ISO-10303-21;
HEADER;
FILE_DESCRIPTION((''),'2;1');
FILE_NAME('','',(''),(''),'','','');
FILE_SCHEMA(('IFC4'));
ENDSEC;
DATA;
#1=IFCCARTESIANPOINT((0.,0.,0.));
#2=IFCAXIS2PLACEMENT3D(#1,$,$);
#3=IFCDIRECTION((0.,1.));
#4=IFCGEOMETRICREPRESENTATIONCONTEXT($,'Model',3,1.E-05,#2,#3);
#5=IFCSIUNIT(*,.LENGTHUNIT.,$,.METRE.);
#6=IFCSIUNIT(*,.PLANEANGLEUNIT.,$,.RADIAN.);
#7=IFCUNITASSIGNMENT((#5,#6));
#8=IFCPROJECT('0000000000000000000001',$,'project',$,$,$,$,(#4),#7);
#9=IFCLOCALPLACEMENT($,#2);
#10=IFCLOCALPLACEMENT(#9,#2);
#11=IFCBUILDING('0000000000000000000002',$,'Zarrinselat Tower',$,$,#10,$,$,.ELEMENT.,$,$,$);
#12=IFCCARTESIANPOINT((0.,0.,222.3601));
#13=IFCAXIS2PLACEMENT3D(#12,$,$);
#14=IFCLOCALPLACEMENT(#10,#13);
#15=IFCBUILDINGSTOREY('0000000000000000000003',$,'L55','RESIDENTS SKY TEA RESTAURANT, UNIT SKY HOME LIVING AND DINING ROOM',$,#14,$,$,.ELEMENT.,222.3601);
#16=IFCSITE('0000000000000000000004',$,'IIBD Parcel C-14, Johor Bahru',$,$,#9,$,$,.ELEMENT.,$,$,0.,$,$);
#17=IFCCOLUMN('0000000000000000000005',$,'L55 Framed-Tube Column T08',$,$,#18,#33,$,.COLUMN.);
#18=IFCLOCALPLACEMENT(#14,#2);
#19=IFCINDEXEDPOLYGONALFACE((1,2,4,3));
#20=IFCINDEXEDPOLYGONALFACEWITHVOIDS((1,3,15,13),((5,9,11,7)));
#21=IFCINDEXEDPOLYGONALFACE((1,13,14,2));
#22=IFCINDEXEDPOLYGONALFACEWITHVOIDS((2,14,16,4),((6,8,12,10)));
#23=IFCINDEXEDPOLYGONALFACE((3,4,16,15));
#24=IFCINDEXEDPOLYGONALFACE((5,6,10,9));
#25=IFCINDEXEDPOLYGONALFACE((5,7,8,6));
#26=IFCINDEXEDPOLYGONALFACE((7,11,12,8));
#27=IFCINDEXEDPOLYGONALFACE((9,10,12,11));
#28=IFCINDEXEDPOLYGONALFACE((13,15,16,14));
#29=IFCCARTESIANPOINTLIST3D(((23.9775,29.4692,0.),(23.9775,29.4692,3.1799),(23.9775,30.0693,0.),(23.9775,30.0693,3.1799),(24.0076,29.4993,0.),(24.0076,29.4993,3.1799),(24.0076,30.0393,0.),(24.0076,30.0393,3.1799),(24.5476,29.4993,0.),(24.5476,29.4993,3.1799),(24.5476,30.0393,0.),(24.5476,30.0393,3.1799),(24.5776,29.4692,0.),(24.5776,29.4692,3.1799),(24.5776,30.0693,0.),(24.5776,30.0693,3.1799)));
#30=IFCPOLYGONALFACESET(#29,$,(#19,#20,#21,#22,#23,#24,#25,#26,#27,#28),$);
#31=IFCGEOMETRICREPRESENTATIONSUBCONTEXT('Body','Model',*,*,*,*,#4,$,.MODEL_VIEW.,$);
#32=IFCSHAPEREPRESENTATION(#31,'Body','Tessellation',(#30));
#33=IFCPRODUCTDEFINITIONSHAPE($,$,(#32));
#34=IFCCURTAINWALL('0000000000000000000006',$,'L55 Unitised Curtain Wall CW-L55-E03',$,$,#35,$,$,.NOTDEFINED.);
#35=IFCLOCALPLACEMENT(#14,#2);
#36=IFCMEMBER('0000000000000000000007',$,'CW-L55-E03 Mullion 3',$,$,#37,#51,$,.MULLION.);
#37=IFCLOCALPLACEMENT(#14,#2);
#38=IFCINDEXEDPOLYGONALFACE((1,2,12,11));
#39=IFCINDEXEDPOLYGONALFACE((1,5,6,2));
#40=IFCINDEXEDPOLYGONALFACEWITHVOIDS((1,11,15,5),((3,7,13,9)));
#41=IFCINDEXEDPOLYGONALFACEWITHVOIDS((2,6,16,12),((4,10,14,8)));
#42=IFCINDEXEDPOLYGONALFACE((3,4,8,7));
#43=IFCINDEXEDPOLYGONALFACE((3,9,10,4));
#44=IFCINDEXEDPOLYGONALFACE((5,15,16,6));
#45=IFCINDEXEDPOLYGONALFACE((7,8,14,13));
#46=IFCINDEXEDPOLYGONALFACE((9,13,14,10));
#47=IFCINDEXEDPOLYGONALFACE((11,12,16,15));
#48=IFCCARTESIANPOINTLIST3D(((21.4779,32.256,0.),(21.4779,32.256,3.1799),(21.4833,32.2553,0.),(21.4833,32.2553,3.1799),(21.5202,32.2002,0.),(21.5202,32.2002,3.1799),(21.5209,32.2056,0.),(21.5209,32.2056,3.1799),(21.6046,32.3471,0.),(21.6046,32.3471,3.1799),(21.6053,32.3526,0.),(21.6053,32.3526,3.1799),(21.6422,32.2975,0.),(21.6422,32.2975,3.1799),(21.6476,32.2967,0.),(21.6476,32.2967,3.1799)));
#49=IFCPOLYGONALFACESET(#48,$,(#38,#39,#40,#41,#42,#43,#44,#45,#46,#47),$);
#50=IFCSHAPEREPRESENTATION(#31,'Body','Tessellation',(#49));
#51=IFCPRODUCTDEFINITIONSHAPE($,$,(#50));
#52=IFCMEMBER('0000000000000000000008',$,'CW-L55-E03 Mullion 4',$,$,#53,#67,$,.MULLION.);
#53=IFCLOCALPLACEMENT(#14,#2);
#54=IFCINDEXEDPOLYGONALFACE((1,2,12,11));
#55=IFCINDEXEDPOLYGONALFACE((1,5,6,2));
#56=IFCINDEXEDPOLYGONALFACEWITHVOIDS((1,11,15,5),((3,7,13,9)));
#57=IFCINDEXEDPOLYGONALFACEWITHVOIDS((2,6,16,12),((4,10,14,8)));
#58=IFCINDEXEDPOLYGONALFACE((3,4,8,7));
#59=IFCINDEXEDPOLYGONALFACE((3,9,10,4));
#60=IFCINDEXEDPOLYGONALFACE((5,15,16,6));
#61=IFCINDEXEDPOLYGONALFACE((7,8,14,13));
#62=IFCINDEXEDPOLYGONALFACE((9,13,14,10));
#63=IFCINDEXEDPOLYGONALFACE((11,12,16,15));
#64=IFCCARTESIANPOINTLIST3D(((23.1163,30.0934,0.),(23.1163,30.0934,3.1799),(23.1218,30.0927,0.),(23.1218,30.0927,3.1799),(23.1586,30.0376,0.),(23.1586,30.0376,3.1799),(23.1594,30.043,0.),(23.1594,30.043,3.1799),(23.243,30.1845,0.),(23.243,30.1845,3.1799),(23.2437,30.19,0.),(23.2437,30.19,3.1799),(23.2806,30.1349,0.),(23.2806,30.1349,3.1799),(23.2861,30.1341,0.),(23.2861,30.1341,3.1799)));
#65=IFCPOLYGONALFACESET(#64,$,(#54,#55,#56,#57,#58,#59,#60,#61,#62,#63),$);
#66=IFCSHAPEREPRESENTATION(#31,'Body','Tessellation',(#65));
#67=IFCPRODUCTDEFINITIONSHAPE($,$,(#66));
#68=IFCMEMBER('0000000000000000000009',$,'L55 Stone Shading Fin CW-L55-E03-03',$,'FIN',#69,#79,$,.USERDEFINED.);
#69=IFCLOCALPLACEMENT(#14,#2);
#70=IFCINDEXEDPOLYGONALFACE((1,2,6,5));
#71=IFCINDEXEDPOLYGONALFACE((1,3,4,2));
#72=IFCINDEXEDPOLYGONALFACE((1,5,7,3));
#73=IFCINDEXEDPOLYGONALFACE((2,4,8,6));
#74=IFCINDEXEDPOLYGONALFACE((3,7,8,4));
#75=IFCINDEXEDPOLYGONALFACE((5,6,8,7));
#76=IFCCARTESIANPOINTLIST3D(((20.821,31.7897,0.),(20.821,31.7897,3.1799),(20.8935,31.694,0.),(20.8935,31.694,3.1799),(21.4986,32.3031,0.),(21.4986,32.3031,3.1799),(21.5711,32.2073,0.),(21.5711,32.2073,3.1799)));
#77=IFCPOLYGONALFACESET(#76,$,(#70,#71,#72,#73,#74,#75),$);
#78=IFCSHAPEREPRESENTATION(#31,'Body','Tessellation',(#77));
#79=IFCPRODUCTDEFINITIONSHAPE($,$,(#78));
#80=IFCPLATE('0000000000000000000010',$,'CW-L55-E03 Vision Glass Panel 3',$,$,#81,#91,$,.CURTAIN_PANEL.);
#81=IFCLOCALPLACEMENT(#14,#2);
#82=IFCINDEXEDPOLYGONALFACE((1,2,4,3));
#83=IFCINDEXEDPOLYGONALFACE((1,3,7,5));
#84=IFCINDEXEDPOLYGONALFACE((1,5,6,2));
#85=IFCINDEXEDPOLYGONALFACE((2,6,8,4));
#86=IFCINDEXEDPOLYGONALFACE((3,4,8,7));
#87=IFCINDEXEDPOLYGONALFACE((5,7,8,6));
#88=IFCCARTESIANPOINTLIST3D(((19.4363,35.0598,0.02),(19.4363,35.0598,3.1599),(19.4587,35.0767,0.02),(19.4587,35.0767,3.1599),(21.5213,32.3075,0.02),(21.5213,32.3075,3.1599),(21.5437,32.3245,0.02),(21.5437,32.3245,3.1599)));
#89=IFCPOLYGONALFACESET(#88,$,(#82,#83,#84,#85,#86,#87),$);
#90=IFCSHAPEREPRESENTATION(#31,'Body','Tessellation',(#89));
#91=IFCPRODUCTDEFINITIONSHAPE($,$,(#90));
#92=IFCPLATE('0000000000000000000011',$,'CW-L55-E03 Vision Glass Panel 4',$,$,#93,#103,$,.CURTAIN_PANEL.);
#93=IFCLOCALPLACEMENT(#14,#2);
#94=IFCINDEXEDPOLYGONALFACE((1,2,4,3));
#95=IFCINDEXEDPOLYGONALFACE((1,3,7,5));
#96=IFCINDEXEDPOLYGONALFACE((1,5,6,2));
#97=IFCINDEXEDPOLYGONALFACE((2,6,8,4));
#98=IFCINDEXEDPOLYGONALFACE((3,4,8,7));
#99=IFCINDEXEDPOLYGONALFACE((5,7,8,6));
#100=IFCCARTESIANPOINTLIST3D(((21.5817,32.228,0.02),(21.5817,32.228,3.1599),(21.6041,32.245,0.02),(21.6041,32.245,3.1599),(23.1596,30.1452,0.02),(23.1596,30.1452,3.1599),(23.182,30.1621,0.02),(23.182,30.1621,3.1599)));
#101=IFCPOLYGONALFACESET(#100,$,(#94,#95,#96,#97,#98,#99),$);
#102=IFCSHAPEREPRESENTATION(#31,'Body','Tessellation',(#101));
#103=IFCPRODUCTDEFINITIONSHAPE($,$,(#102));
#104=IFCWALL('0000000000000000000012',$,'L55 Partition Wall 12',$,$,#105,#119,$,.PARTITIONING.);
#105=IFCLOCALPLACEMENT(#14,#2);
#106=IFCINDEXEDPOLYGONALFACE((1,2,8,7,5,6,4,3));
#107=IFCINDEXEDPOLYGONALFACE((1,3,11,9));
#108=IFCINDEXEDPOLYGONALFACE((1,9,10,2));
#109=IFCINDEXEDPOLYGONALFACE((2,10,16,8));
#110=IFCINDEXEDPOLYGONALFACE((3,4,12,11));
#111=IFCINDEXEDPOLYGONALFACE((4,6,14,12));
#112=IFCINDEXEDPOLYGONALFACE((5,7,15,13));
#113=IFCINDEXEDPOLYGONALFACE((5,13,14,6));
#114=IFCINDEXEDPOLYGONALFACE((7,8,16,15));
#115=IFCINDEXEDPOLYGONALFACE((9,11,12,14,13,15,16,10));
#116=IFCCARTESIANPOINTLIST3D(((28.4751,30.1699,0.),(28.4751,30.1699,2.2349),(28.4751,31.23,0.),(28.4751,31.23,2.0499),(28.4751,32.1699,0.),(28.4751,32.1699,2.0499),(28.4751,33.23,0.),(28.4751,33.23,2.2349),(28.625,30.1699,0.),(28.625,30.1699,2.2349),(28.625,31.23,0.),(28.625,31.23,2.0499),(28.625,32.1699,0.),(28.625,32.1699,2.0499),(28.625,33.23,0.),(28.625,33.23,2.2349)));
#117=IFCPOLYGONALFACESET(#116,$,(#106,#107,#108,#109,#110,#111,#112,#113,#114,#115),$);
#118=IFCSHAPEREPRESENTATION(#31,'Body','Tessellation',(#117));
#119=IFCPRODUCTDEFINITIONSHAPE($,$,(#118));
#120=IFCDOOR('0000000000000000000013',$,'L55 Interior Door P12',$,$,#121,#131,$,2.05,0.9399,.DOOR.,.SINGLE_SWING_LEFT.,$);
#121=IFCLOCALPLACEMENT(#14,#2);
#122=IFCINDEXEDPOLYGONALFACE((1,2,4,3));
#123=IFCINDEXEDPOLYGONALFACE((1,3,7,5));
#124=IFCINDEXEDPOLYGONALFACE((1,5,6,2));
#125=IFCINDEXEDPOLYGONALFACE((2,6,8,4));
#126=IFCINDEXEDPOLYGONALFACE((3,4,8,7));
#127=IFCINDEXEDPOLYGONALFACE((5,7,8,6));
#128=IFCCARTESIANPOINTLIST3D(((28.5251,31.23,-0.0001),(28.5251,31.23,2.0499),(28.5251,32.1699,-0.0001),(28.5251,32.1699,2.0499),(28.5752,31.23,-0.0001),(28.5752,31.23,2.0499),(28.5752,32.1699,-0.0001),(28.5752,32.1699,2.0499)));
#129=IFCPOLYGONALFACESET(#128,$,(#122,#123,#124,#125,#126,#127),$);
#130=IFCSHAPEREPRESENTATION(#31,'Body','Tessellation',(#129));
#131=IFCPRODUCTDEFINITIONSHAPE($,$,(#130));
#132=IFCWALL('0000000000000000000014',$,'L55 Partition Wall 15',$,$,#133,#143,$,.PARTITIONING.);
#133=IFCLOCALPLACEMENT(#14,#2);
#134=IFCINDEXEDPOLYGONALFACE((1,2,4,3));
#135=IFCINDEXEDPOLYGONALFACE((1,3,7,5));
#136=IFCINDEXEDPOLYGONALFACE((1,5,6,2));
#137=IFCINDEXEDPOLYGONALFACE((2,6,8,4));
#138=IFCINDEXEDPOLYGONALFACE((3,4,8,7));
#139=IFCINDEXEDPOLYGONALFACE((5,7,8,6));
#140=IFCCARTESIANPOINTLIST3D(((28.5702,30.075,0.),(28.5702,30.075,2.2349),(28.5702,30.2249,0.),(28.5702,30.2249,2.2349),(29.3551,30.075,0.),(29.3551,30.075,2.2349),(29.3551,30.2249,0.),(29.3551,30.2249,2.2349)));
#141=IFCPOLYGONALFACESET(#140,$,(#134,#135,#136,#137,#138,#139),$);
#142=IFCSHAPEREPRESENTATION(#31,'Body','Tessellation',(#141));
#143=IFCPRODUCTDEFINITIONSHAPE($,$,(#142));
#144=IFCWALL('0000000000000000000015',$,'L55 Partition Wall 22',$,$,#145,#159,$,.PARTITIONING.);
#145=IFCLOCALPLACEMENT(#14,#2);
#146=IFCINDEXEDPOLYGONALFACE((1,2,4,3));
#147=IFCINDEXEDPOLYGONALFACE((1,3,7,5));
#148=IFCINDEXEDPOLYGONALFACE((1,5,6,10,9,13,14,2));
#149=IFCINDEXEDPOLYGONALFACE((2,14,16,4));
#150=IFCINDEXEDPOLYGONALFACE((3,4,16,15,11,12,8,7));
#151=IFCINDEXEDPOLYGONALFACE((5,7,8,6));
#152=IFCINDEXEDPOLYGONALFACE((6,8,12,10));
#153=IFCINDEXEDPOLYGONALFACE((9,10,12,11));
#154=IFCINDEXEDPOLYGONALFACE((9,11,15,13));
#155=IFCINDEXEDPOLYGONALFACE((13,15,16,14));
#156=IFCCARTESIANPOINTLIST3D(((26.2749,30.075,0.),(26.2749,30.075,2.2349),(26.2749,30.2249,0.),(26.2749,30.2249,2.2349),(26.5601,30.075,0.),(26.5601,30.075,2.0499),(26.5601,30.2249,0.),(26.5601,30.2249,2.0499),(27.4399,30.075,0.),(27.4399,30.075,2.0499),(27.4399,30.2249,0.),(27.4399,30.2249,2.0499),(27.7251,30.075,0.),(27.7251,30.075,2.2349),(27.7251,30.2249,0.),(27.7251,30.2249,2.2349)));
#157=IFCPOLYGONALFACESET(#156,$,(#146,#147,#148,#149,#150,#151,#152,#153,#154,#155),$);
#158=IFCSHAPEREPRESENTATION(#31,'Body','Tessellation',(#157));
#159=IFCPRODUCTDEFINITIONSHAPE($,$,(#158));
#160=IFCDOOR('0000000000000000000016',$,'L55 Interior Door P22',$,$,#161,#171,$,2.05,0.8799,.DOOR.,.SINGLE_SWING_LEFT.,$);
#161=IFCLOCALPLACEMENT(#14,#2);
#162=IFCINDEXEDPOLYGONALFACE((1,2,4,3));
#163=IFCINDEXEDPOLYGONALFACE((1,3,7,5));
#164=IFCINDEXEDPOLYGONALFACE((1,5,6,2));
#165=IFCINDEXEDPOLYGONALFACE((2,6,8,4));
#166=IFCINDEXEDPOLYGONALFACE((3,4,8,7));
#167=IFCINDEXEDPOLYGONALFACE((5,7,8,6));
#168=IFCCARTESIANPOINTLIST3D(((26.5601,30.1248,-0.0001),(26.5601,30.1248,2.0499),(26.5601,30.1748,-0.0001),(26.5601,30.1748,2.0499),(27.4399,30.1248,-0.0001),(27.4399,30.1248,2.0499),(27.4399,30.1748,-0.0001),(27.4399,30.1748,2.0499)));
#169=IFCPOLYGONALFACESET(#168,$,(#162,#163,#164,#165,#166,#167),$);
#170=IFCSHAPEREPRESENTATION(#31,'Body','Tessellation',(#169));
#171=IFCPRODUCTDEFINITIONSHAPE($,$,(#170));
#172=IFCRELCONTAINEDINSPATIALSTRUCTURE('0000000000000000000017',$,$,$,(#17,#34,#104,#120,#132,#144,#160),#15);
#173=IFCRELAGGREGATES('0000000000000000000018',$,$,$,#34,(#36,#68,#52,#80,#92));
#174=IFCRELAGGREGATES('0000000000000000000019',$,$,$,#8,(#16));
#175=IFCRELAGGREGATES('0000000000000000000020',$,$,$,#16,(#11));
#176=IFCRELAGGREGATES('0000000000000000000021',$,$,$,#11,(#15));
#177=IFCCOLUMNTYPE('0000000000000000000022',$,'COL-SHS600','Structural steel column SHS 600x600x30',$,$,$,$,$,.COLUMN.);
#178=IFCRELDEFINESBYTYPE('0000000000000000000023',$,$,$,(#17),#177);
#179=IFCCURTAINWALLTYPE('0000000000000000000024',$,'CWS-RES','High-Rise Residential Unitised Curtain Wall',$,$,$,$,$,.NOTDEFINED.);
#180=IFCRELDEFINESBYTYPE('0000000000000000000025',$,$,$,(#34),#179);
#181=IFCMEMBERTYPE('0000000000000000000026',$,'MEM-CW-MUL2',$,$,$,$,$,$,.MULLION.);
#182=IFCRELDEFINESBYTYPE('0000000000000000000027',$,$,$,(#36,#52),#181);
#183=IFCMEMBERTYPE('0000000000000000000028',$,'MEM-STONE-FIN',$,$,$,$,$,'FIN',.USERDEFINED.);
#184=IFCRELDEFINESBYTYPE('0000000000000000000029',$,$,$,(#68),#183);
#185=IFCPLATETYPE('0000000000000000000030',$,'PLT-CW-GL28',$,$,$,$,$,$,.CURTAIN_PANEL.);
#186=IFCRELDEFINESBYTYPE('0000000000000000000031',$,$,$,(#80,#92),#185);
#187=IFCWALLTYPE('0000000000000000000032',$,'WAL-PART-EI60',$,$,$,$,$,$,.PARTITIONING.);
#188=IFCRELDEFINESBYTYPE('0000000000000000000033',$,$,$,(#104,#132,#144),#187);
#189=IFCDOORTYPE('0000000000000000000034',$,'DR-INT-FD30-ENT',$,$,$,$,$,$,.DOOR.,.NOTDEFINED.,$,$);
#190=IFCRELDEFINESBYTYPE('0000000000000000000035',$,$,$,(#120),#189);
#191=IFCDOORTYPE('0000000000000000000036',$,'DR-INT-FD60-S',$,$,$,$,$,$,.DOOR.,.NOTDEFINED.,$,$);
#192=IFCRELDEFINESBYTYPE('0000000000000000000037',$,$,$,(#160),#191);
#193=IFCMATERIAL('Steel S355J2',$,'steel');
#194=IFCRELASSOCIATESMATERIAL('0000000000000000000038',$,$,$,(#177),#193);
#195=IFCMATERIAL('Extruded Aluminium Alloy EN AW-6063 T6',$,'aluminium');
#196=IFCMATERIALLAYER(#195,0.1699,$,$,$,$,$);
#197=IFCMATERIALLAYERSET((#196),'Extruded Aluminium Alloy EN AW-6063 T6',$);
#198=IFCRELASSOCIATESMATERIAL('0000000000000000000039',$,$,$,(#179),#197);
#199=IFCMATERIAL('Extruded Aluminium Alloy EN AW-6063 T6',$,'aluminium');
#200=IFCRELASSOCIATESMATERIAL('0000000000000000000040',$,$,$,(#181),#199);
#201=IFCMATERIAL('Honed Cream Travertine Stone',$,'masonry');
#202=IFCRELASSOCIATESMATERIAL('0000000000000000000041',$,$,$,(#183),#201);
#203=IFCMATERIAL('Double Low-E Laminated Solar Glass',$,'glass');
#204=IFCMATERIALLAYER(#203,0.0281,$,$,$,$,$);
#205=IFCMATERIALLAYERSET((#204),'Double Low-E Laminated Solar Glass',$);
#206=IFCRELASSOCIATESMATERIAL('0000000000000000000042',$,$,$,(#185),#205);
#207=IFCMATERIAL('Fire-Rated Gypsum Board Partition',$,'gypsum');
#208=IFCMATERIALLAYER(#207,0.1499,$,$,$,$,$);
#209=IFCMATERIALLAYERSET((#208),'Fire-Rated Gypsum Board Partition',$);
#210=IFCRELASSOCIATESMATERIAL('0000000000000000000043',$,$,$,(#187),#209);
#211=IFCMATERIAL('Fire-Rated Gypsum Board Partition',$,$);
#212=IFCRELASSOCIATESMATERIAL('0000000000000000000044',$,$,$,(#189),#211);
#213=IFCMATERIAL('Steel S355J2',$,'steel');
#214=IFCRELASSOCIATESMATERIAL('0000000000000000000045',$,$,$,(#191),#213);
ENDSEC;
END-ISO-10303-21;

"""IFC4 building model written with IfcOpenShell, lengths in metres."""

from ifc_helpers import new_model, si_unit, direction, frame, frame_2d, origin, origin_2d, place, context, subcontext, project, spatial, rectangle, hollow_rectangle, extrude, material, layer, layer_set, material_profile, profile_set, type_object, element, fill, aggregate, save


model = new_model("IFC4")

# Units and contexts
model_context = context("Model", 3, precision=1e-05, world=origin(), true_north=direction((0.0, 1.0)))
body_context = subcontext(model_context, "Body", "Model", "MODEL_VIEW")
ifc_project = project(units=[si_unit("LENGTHUNIT", "METRE"), si_unit("PLANEANGLEUNIT", "RADIAN")], contexts=[model_context])

# Site, building, storey
site_placement = place(None, origin())
site = spatial("IfcSite", under=ifc_project, at=site_placement, Name="IIBD Parcel C-14, Johor Bahru", CompositionType="ELEMENT", RefElevation=0.0)
building_placement = place(site_placement, origin())
building = spatial("IfcBuilding", under=site, at=building_placement, Name="Zarrinselat Tower", CompositionType="ELEMENT")
storey_placement = place(building_placement, frame((0.0, 0.0, 222.3601)))
storey = spatial("IfcBuildingStorey", under=building, at=storey_placement, Name="L55", Description="RESIDENTS SKY TEA RESTAURANT, UNIT SKY HOME LIVING AND DINING ROOM", CompositionType="ELEMENT", Elevation=222.3601)

# Column
ifc_material_1 = material(Name="Steel S355J2", Category="steel")
ifc_material_profile_1 = material_profile(ifc_material_1, hollow_rectangle(XDim=0.6001, YDim=0.6001, WallThickness=0.03, at=origin_2d()), Name="SHS 600x600x30")
ifc_profile_set_1 = profile_set([ifc_material_profile_1], Name="Steel S355J2")
column_type = type_object("IfcColumnType", Name="COL-SHS600", Description="Structural steel column SHS 600x600x30", PredefinedType="COLUMN", material=ifc_profile_set_1)
column_placement = place(storey_placement, frame((24.2776, 29.7693, 0.0), z_axis=(0.0, 0.0, 1.0), x_axis=(1.0, 0.0, 0.0)))
element("IfcColumn", 1, at=column_placement, inside=storey, type_object=column_type, Name="L55 Framed-Tube Column T08", PredefinedType="COLUMN", context=body_context, shape_type="SweptSolid", body=[
    extrude(hollow_rectangle(XDim=0.6001, YDim=0.6001, WallThickness=0.03, at=origin_2d()), origin(), (0.0, 0.0, 1.0), 3.1799),
])

# Curtain wall, members, plates
ifc_material_2 = material(Name="Extruded Aluminium Alloy EN AW-6063 T6", Category="aluminium")
ifc_layer_1 = layer(ifc_material_2, 0.1699)
ifc_layer_set_1 = layer_set([ifc_layer_1], Name="Extruded Aluminium Alloy EN AW-6063 T6")
curtain_wall_type = type_object("IfcCurtainWallType", Name="CWS-RES", Description="High-Rise Residential Unitised Curtain Wall", PredefinedType="NOTDEFINED", material=ifc_layer_set_1)
curtain_wall_placement = place(storey_placement, origin())
curtain_wall = element("IfcCurtainWall", 2, at=curtain_wall_placement, inside=storey, type_object=curtain_wall_type, Name="L55 Unitised Curtain Wall CW-L55-E03", PredefinedType="NOTDEFINED")
ifc_material_3 = material(Name="Extruded Aluminium Alloy EN AW-6063 T6", Category="aluminium")
ifc_material_profile_2 = material_profile(ifc_material_3, hollow_rectangle(XDim=0.0701, YDim=0.1599, WallThickness=0.0039, at=origin_2d()), Name="RHS 160x70x4")
ifc_profile_set_2 = profile_set([ifc_material_profile_2], Name="Extruded Aluminium Alloy EN AW-6063 T6")
member_type_1 = type_object("IfcMemberType", Name="MEM-CW-MUL2", PredefinedType="MULLION", material=ifc_profile_set_2)
member_1_placement = place(storey_placement, frame((21.5627, 32.2764, 0.0), z_axis=(0.0, 0.0, 1.0), x_axis=(0.60386, -0.797091, 0.0)))
member_1 = element("IfcMember", 3, at=member_1_placement, type_object=member_type_1, Name="CW-L55-E03 Mullion 3", PredefinedType="MULLION", context=body_context, shape_type="SweptSolid", body=[
    extrude(hollow_rectangle(XDim=0.0701, YDim=0.1599, WallThickness=0.0039, at=origin_2d()), origin(), (0.0, 0.0, 1.0), 3.1799),
])
member_2_placement = place(storey_placement, frame((23.2012, 30.1138, 0.0), z_axis=(0.0, 0.0, 1.0), x_axis=(0.60386, -0.797091, 0.0)))
member_2 = element("IfcMember", 4, at=member_2_placement, type_object=member_type_1, Name="CW-L55-E03 Mullion 4", PredefinedType="MULLION", context=body_context, shape_type="SweptSolid", body=[
    extrude(hollow_rectangle(XDim=0.0701, YDim=0.1599, WallThickness=0.0039, at=origin_2d()), origin(), (0.0, 0.0, 1.0), 3.1799),
])
ifc_material_4 = material(Name="Honed Cream Travertine Stone", Category="masonry")
ifc_material_profile_3 = material_profile(ifc_material_4, rectangle(XDim=0.1201, YDim=0.8501, at=origin_2d()), Name="FIN 850x120")
ifc_profile_set_3 = profile_set([ifc_material_profile_3], Name="Honed Cream Travertine Stone")
member_type_2 = type_object("IfcMemberType", Name="MEM-STONE-FIN", ElementType="FIN", PredefinedType="USERDEFINED", material=ifc_profile_set_3)
member_3_placement = place(storey_placement, frame((21.196, 31.9985, 0.0), z_axis=(0.0, 0.0, 1.0), x_axis=(-0.60386, 0.797091, 0.0)))
member_3 = element("IfcMember", 5, at=member_3_placement, type_object=member_type_2, Name="L55 Stone Shading Fin CW-L55-E03-03", ObjectType="FIN", PredefinedType="USERDEFINED", context=body_context, shape_type="SweptSolid", body=[
    extrude(rectangle(XDim=0.1201, YDim=0.8501, at=origin_2d()), origin(), (0.0, 0.0, 1.0), 3.1799),
])
ifc_material_5 = material(Name="Double Low-E Laminated Solar Glass", Category="glass")
ifc_layer_2 = layer(ifc_material_5, 0.0281)
ifc_layer_set_2 = layer_set([ifc_layer_2], Name="Double Low-E Laminated Solar Glass")
plate_type = type_object("IfcPlateType", Name="PLT-CW-GL28", PredefinedType="CURTAIN_PANEL", material=ifc_layer_set_2)
plate_1_placement = place(storey_placement, frame((20.49, 33.6921, 0.02), z_axis=(0.0, 0.0, 1.0), x_axis=(0.60386, -0.797091, 0.0)))
plate_1 = element("IfcPlate", 6, at=plate_1_placement, type_object=plate_type, Name="CW-L55-E03 Vision Glass Panel 3", PredefinedType="CURTAIN_PANEL", context=body_context, shape_type="SweptSolid", body=[
    extrude(rectangle(XDim=3.4529, YDim=0.0281, at=origin_2d()), origin(), (0.0, 0.0, 1.0), 3.1399),
])
plate_2_placement = place(storey_placement, frame((22.3818, 31.1951, 0.02), z_axis=(0.0, 0.0, 1.0), x_axis=(0.60386, -0.797091, 0.0)))
plate_2 = element("IfcPlate", 7, at=plate_2_placement, type_object=plate_type, Name="CW-L55-E03 Vision Glass Panel 4", PredefinedType="CURTAIN_PANEL", context=body_context, shape_type="SweptSolid", body=[
    extrude(rectangle(XDim=2.613, YDim=0.0281, at=origin_2d()), origin(), (0.0, 0.0, 1.0), 3.1399),
])
aggregate(curtain_wall, [member_1, member_3, member_2, plate_1, plate_2])

# Wall, opening, door
ifc_material_6 = material(Name="Fire-Rated Gypsum Board Partition", Category="gypsum")
ifc_layer_3 = layer(ifc_material_6, 0.1499)
ifc_layer_set_3 = layer_set([ifc_layer_3], Name="Fire-Rated Gypsum Board Partition")
wall_type_1 = type_object("IfcWallType", Name="WAL-PART-EI60", PredefinedType="PARTITIONING", material=ifc_layer_set_3)
wall_1_placement = place(storey_placement, frame((28.55, 30.1699, 0.0), z_axis=(0.0, 0.0, 1.0), x_axis=(0.0, 1.0, 0.0)))
wall_1 = element("IfcWall", 8, at=wall_1_placement, inside=storey, type_object=wall_type_1, Name="L55 Partition Wall 12", PredefinedType="PARTITIONING", context=body_context, shape_type="SweptSolid", body=[
    extrude(rectangle(XDim=3.0601, YDim=0.1499, at=frame_2d((1.53, 0.0))), origin(), (0.0, 0.0, 1.0), 2.2349),
])
opening_1_placement = place(wall_1_placement, frame((1.0601, 0.0, 0.0)))
opening_1 = element("IfcOpeningElement", 9, at=opening_1_placement, cuts=wall_1, PredefinedType="OPENING", context=body_context, shape_type="SweptSolid", body=[
    extrude(rectangle(XDim=0.9399, YDim=2.05, at=frame_2d((0.47, 1.0249))), frame((0.0, 0.085, 0.0), z_axis=(0.0, -1.0, 0.0), x_axis=(1.0, 0.0, 0.0)), (0.0, 0.0, 1.0), 0.1699),
])
ifc_material_7 = material(Name="Fire-Rated Gypsum Board Partition")
door_type_1 = type_object("IfcDoorType", Name="DR-INT-FD30-ENT", OperationType="NOTDEFINED", PredefinedType="DOOR", material=ifc_material_7)
door_1_placement = place(opening_1_placement, origin())
door_1 = element("IfcDoor", 10, at=door_1_placement, inside=storey, type_object=door_type_1, Name="L55 Interior Door P12", OperationType="SINGLE_SWING_LEFT", OverallHeight=2.05, OverallWidth=0.9399, PredefinedType="DOOR", context=body_context, shape_type="SweptSolid", body=[
    extrude(rectangle(XDim=0.9399, YDim=2.05, at=frame_2d((0.47, 1.0249))), frame((0.0, 0.0249, 0.0), z_axis=(0.0, -1.0, 0.0), x_axis=(1.0, 0.0, 0.0)), (0.0, 0.0, 1.0), 0.05),
])
fill(opening_1, door_1)

# Wall
wall_2_placement = place(storey_placement, frame((28.5701, 30.1499, 0.0), z_axis=(0.0, 0.0, 1.0), x_axis=(1.0, 0.0, 0.0)))
element("IfcWall", 11, at=wall_2_placement, inside=storey, type_object=wall_type_1, Name="L55 Partition Wall 15", PredefinedType="PARTITIONING", context=body_context, shape_type="SweptSolid", body=[
    extrude(rectangle(XDim=0.7849, YDim=0.1499, at=frame_2d((0.3926, 0.0))), origin(), (0.0, 0.0, 1.0), 2.2349),
])

# Wall, opening, door
wall_3_placement = place(storey_placement, frame((26.2749, 30.1499, 0.0), z_axis=(0.0, 0.0, 1.0), x_axis=(1.0, 0.0, 0.0)))
wall_3 = element("IfcWall", 12, at=wall_3_placement, inside=storey, type_object=wall_type_1, Name="L55 Partition Wall 22", PredefinedType="PARTITIONING", context=body_context, shape_type="SweptSolid", body=[
    extrude(rectangle(XDim=1.4502, YDim=0.1499, at=frame_2d((0.7251, 0.0))), origin(), (0.0, 0.0, 1.0), 2.2349),
])
opening_2_placement = place(wall_3_placement, frame((0.2852, 0.0, 0.0)))
opening_2 = element("IfcOpeningElement", 13, at=opening_2_placement, cuts=wall_3, PredefinedType="OPENING", context=body_context, shape_type="SweptSolid", body=[
    extrude(rectangle(XDim=0.8799, YDim=2.05, at=frame_2d((0.4399, 1.0249))), frame((0.0, 0.085, 0.0), z_axis=(0.0, -1.0, 0.0), x_axis=(1.0, 0.0, 0.0)), (0.0, 0.0, 1.0), 0.1699),
])
ifc_material_8 = material(Name="Steel S355J2", Category="steel")
door_type_2 = type_object("IfcDoorType", Name="DR-INT-FD60-S", OperationType="NOTDEFINED", PredefinedType="DOOR", material=ifc_material_8)
door_2_placement = place(opening_2_placement, origin())
door_2 = element("IfcDoor", 14, at=door_2_placement, inside=storey, type_object=door_type_2, Name="L55 Interior Door P22", OperationType="SINGLE_SWING_LEFT", OverallHeight=2.05, OverallWidth=0.8799, PredefinedType="DOOR", context=body_context, shape_type="SweptSolid", body=[
    extrude(rectangle(XDim=0.8799, YDim=2.05, at=frame_2d((0.4399, 1.0249))), frame((0.0, 0.0249, 0.0), z_axis=(0.0, -1.0, 0.0), x_axis=(1.0, 0.0, 0.0)), (0.0, 0.0, 1.0), 0.05),
])
fill(opening_2, door_2)

save(model, "model.ifc")
